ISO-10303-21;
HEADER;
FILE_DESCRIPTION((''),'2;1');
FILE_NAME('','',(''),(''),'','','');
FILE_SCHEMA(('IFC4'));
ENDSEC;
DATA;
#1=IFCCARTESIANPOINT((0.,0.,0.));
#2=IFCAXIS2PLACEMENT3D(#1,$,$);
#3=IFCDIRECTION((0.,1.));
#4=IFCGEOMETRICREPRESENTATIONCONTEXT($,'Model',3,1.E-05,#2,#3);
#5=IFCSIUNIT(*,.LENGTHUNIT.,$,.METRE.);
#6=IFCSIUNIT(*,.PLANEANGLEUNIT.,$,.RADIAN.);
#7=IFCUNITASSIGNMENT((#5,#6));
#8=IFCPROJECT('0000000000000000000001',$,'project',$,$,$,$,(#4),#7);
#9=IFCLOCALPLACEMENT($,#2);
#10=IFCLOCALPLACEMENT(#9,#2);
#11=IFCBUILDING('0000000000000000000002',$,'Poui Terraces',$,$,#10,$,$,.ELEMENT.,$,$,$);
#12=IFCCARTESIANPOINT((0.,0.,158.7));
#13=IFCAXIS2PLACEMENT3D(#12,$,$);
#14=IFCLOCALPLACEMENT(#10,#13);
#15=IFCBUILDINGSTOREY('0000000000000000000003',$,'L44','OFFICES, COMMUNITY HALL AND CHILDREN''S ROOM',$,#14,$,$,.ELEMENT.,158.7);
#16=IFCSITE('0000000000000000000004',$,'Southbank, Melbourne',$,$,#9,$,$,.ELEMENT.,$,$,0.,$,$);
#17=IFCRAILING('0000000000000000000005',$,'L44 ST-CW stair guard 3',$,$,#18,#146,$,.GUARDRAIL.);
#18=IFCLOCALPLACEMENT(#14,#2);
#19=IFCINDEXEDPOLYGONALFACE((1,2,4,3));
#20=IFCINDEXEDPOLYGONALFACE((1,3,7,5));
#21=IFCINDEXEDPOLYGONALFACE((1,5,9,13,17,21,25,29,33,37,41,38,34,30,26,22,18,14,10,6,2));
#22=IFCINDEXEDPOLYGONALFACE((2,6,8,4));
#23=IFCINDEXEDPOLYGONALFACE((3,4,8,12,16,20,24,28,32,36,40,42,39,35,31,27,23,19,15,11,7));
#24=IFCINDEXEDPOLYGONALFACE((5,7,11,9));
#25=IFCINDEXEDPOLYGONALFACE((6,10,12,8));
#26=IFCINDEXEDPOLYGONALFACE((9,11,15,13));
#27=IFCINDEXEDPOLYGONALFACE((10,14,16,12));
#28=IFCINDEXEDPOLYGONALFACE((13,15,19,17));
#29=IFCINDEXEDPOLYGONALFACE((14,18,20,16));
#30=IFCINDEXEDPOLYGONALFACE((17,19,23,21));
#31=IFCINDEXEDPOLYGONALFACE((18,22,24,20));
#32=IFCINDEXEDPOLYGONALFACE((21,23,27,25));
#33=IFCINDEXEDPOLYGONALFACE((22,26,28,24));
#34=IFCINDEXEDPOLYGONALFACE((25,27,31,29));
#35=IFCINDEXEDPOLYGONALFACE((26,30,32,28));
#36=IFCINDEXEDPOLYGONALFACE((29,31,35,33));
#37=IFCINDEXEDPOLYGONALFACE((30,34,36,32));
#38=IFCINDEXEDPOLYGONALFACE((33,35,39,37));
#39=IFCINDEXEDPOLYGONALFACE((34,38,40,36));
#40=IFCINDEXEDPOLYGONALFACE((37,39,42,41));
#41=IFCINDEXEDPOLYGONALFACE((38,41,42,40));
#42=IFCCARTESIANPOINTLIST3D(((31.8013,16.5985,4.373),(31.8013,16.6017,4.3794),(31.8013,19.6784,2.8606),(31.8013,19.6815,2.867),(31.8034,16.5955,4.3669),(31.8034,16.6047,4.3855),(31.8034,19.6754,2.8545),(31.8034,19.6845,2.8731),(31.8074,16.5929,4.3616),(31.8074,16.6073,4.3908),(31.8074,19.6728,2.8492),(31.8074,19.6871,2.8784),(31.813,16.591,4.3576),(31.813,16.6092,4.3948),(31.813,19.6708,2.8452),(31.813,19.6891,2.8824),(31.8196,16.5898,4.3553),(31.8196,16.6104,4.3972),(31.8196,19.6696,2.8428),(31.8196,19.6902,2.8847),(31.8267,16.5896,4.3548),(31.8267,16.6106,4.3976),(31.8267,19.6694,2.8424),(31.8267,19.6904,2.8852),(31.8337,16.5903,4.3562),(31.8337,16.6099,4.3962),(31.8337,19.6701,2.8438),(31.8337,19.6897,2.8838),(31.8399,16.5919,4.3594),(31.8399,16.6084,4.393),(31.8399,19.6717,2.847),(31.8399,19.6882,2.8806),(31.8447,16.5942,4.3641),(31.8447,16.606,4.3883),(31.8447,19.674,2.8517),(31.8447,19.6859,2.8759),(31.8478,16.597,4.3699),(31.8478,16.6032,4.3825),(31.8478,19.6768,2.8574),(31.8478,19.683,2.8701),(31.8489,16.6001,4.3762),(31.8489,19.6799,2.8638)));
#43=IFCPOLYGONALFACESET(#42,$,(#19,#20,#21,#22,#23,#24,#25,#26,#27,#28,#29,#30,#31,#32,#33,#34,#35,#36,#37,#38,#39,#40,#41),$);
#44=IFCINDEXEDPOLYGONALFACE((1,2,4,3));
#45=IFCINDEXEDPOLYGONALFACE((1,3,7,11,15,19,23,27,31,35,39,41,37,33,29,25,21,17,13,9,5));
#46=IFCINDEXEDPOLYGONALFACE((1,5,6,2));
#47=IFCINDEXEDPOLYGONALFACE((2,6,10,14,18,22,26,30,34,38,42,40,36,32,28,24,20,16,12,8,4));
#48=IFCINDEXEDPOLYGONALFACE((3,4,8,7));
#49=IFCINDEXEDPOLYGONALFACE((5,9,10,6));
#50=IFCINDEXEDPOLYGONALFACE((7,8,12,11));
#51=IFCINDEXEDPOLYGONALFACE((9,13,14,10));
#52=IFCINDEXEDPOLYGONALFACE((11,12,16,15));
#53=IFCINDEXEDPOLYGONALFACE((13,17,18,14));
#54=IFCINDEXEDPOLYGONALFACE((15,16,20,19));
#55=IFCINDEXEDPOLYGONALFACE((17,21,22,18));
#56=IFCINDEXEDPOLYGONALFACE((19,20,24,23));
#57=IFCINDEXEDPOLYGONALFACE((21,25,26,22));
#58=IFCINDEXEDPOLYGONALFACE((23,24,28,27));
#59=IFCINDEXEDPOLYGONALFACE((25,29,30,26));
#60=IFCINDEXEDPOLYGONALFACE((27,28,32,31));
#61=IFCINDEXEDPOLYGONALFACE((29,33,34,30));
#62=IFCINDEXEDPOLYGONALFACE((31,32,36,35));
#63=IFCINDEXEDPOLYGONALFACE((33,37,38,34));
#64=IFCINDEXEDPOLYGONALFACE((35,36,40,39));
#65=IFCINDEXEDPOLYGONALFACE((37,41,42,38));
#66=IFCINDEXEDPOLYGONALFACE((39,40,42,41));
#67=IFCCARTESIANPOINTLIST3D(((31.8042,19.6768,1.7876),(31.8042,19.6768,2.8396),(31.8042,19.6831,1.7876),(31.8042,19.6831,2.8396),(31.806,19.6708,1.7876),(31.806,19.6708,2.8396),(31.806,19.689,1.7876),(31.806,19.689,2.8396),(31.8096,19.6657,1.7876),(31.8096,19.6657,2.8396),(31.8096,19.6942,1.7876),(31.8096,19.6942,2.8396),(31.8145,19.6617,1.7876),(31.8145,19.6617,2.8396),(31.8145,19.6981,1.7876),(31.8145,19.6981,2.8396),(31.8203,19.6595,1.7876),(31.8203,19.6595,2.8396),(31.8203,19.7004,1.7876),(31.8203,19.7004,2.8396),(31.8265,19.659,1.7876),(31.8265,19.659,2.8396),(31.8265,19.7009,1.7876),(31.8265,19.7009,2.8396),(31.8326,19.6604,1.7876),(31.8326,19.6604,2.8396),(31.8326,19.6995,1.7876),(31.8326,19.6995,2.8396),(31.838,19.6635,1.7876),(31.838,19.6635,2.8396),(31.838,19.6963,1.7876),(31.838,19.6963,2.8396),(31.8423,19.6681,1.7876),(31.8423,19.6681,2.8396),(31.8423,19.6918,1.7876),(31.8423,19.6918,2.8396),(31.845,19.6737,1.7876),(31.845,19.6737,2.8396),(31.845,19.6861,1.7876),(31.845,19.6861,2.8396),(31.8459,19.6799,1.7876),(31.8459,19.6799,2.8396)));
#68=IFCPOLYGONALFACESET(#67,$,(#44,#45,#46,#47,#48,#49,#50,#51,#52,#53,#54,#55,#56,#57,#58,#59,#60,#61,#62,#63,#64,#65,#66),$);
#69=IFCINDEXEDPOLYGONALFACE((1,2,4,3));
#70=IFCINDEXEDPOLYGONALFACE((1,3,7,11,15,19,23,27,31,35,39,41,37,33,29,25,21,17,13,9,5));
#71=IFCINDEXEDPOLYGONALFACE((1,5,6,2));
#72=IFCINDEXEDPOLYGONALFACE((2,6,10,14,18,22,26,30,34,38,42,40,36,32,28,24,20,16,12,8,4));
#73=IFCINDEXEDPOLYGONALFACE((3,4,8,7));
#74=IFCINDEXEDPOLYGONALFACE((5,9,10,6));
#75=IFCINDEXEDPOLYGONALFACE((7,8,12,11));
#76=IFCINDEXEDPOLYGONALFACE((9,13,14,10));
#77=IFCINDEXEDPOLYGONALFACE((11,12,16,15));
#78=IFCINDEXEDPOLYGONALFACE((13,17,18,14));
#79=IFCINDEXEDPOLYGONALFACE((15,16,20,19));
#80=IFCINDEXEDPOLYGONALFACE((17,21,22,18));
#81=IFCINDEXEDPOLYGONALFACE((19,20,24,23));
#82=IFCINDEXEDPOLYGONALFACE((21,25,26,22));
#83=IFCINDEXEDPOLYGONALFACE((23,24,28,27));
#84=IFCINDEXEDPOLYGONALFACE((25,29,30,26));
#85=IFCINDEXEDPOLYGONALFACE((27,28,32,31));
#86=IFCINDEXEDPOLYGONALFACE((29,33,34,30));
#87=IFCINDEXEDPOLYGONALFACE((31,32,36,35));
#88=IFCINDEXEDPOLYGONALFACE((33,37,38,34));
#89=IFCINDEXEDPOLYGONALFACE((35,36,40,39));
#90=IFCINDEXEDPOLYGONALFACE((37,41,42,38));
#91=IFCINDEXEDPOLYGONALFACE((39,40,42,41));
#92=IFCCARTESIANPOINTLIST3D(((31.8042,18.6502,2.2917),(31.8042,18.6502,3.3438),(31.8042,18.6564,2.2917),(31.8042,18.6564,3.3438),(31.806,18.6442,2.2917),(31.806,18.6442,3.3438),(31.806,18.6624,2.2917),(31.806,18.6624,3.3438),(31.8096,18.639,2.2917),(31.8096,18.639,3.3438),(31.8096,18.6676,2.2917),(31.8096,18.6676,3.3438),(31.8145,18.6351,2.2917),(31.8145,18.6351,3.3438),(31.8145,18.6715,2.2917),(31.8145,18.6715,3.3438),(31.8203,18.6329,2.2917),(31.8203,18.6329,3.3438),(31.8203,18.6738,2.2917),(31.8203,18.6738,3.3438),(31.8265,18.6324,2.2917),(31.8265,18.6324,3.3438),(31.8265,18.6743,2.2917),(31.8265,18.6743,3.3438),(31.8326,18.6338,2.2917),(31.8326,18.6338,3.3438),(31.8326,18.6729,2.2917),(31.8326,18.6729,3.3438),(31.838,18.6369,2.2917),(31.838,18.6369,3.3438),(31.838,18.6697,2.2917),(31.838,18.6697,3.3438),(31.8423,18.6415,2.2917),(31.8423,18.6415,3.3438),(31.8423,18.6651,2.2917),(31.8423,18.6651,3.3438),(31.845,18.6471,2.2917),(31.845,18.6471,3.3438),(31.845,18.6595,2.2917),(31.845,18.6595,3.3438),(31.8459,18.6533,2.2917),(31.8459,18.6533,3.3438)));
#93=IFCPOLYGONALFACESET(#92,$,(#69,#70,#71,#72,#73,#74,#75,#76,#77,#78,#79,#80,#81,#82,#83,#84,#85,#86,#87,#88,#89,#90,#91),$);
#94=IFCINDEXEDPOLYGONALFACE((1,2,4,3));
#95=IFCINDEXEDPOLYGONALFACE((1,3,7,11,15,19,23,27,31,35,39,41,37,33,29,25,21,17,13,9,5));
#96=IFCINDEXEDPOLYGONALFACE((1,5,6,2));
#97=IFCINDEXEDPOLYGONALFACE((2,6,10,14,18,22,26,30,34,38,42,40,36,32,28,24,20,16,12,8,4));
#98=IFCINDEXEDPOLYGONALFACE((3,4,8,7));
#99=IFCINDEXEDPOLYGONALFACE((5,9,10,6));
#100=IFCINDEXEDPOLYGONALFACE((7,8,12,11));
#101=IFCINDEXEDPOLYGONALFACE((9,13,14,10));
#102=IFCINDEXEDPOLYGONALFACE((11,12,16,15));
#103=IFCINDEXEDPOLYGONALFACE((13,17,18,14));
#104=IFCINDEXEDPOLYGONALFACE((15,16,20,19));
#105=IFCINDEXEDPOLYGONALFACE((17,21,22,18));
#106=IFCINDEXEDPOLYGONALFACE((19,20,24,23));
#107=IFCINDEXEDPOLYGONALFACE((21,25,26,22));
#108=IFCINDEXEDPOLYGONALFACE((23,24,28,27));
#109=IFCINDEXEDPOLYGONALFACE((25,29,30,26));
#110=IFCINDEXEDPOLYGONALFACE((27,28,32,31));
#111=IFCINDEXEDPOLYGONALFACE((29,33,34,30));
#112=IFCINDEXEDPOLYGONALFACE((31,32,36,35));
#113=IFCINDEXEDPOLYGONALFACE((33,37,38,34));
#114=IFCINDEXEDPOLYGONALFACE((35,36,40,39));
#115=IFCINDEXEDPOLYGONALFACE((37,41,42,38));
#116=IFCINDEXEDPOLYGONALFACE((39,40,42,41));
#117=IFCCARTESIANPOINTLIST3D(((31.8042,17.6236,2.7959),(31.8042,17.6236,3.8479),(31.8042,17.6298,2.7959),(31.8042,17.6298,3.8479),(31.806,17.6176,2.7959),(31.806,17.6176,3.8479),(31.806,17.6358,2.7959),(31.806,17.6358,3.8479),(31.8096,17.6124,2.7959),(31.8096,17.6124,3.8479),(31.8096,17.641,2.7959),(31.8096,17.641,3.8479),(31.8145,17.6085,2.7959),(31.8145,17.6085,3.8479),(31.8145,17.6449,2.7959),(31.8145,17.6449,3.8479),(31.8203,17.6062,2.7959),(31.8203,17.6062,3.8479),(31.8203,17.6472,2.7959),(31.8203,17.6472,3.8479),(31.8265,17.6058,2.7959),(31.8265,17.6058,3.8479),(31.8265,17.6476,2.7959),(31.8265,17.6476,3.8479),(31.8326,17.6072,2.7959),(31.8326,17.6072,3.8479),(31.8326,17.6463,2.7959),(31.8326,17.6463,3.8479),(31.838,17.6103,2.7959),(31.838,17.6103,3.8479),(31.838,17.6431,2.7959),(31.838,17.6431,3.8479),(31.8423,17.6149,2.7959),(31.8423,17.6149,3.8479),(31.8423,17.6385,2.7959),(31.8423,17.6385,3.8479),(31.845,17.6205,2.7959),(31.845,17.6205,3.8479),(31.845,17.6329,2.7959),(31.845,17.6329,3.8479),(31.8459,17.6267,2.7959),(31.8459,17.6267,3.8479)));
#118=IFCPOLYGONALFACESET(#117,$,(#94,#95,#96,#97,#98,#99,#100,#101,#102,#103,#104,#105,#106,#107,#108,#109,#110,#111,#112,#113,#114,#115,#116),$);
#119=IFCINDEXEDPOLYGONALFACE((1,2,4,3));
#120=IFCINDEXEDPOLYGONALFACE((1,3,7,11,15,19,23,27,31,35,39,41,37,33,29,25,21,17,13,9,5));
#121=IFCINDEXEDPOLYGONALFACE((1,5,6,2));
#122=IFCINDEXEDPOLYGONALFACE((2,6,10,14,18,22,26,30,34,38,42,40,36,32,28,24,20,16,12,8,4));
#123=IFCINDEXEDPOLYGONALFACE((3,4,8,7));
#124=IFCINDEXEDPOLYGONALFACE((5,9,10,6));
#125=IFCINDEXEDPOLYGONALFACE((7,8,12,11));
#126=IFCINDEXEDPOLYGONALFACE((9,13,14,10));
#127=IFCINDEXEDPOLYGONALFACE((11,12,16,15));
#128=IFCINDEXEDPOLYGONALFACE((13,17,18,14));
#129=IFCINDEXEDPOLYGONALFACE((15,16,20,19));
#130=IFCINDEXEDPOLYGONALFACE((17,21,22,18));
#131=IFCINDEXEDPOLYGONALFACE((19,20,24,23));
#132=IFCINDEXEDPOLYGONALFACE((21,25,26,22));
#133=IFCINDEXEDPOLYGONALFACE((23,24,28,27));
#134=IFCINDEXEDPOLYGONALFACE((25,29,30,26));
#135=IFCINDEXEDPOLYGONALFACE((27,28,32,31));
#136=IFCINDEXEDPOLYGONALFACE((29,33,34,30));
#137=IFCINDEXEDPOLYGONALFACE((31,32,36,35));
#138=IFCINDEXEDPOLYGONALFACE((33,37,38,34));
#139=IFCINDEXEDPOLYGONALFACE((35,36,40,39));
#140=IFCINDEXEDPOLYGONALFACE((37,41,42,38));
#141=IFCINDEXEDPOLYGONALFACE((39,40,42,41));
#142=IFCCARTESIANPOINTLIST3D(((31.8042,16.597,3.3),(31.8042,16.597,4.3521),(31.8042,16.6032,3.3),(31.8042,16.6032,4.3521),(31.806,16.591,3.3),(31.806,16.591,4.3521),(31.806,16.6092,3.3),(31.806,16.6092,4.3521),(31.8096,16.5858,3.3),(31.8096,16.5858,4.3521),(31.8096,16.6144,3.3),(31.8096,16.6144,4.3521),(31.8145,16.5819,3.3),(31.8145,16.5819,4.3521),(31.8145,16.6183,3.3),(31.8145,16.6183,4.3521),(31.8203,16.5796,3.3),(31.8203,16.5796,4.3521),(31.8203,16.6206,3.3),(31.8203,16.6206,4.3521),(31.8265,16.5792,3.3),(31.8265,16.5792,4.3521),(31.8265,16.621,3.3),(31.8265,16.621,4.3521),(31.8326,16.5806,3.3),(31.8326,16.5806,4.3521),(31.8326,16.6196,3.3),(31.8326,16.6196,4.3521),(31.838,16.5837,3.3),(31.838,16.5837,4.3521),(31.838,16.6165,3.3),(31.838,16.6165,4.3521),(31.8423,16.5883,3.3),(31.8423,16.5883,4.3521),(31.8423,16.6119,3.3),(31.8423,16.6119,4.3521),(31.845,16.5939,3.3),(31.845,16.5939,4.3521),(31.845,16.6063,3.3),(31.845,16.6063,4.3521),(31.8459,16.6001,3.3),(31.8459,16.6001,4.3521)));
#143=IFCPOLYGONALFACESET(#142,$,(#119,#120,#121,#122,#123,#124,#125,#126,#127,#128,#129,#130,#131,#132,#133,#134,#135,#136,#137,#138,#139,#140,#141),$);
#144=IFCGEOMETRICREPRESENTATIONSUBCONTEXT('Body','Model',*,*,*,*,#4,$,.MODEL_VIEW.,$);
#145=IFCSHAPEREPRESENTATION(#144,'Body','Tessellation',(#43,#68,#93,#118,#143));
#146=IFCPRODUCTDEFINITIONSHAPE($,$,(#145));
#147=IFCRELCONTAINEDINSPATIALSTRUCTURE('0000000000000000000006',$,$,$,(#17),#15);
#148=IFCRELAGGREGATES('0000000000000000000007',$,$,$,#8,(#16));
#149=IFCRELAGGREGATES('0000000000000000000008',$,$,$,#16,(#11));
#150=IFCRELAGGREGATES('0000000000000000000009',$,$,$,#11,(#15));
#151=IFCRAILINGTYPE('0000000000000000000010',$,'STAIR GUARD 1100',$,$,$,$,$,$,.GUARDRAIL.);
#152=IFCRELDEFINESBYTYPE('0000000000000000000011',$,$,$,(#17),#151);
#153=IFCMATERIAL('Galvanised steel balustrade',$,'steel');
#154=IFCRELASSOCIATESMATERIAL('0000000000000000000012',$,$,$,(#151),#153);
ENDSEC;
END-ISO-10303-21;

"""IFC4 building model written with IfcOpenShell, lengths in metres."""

from ifc_helpers import new_model, si_unit, direction, frame, origin, origin_2d, place, context, subcontext, project, spatial, circle, extrude, material, type_object, element, save


model = new_model("IFC4")

# Units and contexts
model_context = context("Model", 3, precision=1e-05, world=origin(), true_north=direction((0.0, 1.0)))
body_context = subcontext(model_context, "Body", "Model", "MODEL_VIEW")
ifc_project = project(units=[si_unit("LENGTHUNIT", "METRE"), si_unit("PLANEANGLEUNIT", "RADIAN")], contexts=[model_context])

# Site, building, storey
site_placement = place(None, origin())
site = spatial("IfcSite", under=ifc_project, at=site_placement, Name="Southbank, Melbourne", CompositionType="ELEMENT", RefElevation=0.0)
building_placement = place(site_placement, origin())
building = spatial("IfcBuilding", under=site, at=building_placement, Name="Poui Terraces", CompositionType="ELEMENT")
storey_placement = place(building_placement, frame((0.0, 0.0, 158.7)))
storey = spatial("IfcBuildingStorey", under=building, at=storey_placement, Name="L44", Description="OFFICES, COMMUNITY HALL AND CHILDREN'S ROOM", CompositionType="ELEMENT", Elevation=158.7)

# Railing
ifc_material_1 = material(Name="Galvanised steel balustrade", Category="steel")
railing_type_1 = type_object("IfcRailingType", Name="STAIR GUARD 1100", PredefinedType="GUARDRAIL", material=ifc_material_1)
railing_1_placement = place(storey_placement, frame((31.825, 19.6799, 1.7876)))
element("IfcRailing", 1, at=railing_1_placement, inside=storey, type_object=railing_type_1, Name="L44 ST-CW stair guard 3", PredefinedType="GUARDRAIL", context=body_context, shape_type="SweptSolid", body=[
    extrude(circle(Radius=0.0239, at=origin_2d()), frame((0.0, 0.0, 1.0762), z_axis=(0.0, -0.897606, 0.440798), x_axis=(1.0, 0.0, 0.0)), (0.0, 0.0, 1.0), 3.4312),
    extrude(circle(Radius=0.021, at=origin_2d()), origin(), (0.0, 0.0, 1.0), 1.052),
    extrude(circle(Radius=0.021, at=origin_2d()), frame((0.0, -1.0266, 0.5042)), (0.0, 0.0, 1.0), 1.052),
    extrude(circle(Radius=0.021, at=origin_2d()), frame((0.0, -2.0532, 1.0083)), (0.0, 0.0, 1.0), 1.052),
    extrude(circle(Radius=0.021, at=origin_2d()), frame((0.0, -3.0798, 1.5125)), (0.0, 0.0, 1.0), 1.052),
])

save(model, "model.ifc")
